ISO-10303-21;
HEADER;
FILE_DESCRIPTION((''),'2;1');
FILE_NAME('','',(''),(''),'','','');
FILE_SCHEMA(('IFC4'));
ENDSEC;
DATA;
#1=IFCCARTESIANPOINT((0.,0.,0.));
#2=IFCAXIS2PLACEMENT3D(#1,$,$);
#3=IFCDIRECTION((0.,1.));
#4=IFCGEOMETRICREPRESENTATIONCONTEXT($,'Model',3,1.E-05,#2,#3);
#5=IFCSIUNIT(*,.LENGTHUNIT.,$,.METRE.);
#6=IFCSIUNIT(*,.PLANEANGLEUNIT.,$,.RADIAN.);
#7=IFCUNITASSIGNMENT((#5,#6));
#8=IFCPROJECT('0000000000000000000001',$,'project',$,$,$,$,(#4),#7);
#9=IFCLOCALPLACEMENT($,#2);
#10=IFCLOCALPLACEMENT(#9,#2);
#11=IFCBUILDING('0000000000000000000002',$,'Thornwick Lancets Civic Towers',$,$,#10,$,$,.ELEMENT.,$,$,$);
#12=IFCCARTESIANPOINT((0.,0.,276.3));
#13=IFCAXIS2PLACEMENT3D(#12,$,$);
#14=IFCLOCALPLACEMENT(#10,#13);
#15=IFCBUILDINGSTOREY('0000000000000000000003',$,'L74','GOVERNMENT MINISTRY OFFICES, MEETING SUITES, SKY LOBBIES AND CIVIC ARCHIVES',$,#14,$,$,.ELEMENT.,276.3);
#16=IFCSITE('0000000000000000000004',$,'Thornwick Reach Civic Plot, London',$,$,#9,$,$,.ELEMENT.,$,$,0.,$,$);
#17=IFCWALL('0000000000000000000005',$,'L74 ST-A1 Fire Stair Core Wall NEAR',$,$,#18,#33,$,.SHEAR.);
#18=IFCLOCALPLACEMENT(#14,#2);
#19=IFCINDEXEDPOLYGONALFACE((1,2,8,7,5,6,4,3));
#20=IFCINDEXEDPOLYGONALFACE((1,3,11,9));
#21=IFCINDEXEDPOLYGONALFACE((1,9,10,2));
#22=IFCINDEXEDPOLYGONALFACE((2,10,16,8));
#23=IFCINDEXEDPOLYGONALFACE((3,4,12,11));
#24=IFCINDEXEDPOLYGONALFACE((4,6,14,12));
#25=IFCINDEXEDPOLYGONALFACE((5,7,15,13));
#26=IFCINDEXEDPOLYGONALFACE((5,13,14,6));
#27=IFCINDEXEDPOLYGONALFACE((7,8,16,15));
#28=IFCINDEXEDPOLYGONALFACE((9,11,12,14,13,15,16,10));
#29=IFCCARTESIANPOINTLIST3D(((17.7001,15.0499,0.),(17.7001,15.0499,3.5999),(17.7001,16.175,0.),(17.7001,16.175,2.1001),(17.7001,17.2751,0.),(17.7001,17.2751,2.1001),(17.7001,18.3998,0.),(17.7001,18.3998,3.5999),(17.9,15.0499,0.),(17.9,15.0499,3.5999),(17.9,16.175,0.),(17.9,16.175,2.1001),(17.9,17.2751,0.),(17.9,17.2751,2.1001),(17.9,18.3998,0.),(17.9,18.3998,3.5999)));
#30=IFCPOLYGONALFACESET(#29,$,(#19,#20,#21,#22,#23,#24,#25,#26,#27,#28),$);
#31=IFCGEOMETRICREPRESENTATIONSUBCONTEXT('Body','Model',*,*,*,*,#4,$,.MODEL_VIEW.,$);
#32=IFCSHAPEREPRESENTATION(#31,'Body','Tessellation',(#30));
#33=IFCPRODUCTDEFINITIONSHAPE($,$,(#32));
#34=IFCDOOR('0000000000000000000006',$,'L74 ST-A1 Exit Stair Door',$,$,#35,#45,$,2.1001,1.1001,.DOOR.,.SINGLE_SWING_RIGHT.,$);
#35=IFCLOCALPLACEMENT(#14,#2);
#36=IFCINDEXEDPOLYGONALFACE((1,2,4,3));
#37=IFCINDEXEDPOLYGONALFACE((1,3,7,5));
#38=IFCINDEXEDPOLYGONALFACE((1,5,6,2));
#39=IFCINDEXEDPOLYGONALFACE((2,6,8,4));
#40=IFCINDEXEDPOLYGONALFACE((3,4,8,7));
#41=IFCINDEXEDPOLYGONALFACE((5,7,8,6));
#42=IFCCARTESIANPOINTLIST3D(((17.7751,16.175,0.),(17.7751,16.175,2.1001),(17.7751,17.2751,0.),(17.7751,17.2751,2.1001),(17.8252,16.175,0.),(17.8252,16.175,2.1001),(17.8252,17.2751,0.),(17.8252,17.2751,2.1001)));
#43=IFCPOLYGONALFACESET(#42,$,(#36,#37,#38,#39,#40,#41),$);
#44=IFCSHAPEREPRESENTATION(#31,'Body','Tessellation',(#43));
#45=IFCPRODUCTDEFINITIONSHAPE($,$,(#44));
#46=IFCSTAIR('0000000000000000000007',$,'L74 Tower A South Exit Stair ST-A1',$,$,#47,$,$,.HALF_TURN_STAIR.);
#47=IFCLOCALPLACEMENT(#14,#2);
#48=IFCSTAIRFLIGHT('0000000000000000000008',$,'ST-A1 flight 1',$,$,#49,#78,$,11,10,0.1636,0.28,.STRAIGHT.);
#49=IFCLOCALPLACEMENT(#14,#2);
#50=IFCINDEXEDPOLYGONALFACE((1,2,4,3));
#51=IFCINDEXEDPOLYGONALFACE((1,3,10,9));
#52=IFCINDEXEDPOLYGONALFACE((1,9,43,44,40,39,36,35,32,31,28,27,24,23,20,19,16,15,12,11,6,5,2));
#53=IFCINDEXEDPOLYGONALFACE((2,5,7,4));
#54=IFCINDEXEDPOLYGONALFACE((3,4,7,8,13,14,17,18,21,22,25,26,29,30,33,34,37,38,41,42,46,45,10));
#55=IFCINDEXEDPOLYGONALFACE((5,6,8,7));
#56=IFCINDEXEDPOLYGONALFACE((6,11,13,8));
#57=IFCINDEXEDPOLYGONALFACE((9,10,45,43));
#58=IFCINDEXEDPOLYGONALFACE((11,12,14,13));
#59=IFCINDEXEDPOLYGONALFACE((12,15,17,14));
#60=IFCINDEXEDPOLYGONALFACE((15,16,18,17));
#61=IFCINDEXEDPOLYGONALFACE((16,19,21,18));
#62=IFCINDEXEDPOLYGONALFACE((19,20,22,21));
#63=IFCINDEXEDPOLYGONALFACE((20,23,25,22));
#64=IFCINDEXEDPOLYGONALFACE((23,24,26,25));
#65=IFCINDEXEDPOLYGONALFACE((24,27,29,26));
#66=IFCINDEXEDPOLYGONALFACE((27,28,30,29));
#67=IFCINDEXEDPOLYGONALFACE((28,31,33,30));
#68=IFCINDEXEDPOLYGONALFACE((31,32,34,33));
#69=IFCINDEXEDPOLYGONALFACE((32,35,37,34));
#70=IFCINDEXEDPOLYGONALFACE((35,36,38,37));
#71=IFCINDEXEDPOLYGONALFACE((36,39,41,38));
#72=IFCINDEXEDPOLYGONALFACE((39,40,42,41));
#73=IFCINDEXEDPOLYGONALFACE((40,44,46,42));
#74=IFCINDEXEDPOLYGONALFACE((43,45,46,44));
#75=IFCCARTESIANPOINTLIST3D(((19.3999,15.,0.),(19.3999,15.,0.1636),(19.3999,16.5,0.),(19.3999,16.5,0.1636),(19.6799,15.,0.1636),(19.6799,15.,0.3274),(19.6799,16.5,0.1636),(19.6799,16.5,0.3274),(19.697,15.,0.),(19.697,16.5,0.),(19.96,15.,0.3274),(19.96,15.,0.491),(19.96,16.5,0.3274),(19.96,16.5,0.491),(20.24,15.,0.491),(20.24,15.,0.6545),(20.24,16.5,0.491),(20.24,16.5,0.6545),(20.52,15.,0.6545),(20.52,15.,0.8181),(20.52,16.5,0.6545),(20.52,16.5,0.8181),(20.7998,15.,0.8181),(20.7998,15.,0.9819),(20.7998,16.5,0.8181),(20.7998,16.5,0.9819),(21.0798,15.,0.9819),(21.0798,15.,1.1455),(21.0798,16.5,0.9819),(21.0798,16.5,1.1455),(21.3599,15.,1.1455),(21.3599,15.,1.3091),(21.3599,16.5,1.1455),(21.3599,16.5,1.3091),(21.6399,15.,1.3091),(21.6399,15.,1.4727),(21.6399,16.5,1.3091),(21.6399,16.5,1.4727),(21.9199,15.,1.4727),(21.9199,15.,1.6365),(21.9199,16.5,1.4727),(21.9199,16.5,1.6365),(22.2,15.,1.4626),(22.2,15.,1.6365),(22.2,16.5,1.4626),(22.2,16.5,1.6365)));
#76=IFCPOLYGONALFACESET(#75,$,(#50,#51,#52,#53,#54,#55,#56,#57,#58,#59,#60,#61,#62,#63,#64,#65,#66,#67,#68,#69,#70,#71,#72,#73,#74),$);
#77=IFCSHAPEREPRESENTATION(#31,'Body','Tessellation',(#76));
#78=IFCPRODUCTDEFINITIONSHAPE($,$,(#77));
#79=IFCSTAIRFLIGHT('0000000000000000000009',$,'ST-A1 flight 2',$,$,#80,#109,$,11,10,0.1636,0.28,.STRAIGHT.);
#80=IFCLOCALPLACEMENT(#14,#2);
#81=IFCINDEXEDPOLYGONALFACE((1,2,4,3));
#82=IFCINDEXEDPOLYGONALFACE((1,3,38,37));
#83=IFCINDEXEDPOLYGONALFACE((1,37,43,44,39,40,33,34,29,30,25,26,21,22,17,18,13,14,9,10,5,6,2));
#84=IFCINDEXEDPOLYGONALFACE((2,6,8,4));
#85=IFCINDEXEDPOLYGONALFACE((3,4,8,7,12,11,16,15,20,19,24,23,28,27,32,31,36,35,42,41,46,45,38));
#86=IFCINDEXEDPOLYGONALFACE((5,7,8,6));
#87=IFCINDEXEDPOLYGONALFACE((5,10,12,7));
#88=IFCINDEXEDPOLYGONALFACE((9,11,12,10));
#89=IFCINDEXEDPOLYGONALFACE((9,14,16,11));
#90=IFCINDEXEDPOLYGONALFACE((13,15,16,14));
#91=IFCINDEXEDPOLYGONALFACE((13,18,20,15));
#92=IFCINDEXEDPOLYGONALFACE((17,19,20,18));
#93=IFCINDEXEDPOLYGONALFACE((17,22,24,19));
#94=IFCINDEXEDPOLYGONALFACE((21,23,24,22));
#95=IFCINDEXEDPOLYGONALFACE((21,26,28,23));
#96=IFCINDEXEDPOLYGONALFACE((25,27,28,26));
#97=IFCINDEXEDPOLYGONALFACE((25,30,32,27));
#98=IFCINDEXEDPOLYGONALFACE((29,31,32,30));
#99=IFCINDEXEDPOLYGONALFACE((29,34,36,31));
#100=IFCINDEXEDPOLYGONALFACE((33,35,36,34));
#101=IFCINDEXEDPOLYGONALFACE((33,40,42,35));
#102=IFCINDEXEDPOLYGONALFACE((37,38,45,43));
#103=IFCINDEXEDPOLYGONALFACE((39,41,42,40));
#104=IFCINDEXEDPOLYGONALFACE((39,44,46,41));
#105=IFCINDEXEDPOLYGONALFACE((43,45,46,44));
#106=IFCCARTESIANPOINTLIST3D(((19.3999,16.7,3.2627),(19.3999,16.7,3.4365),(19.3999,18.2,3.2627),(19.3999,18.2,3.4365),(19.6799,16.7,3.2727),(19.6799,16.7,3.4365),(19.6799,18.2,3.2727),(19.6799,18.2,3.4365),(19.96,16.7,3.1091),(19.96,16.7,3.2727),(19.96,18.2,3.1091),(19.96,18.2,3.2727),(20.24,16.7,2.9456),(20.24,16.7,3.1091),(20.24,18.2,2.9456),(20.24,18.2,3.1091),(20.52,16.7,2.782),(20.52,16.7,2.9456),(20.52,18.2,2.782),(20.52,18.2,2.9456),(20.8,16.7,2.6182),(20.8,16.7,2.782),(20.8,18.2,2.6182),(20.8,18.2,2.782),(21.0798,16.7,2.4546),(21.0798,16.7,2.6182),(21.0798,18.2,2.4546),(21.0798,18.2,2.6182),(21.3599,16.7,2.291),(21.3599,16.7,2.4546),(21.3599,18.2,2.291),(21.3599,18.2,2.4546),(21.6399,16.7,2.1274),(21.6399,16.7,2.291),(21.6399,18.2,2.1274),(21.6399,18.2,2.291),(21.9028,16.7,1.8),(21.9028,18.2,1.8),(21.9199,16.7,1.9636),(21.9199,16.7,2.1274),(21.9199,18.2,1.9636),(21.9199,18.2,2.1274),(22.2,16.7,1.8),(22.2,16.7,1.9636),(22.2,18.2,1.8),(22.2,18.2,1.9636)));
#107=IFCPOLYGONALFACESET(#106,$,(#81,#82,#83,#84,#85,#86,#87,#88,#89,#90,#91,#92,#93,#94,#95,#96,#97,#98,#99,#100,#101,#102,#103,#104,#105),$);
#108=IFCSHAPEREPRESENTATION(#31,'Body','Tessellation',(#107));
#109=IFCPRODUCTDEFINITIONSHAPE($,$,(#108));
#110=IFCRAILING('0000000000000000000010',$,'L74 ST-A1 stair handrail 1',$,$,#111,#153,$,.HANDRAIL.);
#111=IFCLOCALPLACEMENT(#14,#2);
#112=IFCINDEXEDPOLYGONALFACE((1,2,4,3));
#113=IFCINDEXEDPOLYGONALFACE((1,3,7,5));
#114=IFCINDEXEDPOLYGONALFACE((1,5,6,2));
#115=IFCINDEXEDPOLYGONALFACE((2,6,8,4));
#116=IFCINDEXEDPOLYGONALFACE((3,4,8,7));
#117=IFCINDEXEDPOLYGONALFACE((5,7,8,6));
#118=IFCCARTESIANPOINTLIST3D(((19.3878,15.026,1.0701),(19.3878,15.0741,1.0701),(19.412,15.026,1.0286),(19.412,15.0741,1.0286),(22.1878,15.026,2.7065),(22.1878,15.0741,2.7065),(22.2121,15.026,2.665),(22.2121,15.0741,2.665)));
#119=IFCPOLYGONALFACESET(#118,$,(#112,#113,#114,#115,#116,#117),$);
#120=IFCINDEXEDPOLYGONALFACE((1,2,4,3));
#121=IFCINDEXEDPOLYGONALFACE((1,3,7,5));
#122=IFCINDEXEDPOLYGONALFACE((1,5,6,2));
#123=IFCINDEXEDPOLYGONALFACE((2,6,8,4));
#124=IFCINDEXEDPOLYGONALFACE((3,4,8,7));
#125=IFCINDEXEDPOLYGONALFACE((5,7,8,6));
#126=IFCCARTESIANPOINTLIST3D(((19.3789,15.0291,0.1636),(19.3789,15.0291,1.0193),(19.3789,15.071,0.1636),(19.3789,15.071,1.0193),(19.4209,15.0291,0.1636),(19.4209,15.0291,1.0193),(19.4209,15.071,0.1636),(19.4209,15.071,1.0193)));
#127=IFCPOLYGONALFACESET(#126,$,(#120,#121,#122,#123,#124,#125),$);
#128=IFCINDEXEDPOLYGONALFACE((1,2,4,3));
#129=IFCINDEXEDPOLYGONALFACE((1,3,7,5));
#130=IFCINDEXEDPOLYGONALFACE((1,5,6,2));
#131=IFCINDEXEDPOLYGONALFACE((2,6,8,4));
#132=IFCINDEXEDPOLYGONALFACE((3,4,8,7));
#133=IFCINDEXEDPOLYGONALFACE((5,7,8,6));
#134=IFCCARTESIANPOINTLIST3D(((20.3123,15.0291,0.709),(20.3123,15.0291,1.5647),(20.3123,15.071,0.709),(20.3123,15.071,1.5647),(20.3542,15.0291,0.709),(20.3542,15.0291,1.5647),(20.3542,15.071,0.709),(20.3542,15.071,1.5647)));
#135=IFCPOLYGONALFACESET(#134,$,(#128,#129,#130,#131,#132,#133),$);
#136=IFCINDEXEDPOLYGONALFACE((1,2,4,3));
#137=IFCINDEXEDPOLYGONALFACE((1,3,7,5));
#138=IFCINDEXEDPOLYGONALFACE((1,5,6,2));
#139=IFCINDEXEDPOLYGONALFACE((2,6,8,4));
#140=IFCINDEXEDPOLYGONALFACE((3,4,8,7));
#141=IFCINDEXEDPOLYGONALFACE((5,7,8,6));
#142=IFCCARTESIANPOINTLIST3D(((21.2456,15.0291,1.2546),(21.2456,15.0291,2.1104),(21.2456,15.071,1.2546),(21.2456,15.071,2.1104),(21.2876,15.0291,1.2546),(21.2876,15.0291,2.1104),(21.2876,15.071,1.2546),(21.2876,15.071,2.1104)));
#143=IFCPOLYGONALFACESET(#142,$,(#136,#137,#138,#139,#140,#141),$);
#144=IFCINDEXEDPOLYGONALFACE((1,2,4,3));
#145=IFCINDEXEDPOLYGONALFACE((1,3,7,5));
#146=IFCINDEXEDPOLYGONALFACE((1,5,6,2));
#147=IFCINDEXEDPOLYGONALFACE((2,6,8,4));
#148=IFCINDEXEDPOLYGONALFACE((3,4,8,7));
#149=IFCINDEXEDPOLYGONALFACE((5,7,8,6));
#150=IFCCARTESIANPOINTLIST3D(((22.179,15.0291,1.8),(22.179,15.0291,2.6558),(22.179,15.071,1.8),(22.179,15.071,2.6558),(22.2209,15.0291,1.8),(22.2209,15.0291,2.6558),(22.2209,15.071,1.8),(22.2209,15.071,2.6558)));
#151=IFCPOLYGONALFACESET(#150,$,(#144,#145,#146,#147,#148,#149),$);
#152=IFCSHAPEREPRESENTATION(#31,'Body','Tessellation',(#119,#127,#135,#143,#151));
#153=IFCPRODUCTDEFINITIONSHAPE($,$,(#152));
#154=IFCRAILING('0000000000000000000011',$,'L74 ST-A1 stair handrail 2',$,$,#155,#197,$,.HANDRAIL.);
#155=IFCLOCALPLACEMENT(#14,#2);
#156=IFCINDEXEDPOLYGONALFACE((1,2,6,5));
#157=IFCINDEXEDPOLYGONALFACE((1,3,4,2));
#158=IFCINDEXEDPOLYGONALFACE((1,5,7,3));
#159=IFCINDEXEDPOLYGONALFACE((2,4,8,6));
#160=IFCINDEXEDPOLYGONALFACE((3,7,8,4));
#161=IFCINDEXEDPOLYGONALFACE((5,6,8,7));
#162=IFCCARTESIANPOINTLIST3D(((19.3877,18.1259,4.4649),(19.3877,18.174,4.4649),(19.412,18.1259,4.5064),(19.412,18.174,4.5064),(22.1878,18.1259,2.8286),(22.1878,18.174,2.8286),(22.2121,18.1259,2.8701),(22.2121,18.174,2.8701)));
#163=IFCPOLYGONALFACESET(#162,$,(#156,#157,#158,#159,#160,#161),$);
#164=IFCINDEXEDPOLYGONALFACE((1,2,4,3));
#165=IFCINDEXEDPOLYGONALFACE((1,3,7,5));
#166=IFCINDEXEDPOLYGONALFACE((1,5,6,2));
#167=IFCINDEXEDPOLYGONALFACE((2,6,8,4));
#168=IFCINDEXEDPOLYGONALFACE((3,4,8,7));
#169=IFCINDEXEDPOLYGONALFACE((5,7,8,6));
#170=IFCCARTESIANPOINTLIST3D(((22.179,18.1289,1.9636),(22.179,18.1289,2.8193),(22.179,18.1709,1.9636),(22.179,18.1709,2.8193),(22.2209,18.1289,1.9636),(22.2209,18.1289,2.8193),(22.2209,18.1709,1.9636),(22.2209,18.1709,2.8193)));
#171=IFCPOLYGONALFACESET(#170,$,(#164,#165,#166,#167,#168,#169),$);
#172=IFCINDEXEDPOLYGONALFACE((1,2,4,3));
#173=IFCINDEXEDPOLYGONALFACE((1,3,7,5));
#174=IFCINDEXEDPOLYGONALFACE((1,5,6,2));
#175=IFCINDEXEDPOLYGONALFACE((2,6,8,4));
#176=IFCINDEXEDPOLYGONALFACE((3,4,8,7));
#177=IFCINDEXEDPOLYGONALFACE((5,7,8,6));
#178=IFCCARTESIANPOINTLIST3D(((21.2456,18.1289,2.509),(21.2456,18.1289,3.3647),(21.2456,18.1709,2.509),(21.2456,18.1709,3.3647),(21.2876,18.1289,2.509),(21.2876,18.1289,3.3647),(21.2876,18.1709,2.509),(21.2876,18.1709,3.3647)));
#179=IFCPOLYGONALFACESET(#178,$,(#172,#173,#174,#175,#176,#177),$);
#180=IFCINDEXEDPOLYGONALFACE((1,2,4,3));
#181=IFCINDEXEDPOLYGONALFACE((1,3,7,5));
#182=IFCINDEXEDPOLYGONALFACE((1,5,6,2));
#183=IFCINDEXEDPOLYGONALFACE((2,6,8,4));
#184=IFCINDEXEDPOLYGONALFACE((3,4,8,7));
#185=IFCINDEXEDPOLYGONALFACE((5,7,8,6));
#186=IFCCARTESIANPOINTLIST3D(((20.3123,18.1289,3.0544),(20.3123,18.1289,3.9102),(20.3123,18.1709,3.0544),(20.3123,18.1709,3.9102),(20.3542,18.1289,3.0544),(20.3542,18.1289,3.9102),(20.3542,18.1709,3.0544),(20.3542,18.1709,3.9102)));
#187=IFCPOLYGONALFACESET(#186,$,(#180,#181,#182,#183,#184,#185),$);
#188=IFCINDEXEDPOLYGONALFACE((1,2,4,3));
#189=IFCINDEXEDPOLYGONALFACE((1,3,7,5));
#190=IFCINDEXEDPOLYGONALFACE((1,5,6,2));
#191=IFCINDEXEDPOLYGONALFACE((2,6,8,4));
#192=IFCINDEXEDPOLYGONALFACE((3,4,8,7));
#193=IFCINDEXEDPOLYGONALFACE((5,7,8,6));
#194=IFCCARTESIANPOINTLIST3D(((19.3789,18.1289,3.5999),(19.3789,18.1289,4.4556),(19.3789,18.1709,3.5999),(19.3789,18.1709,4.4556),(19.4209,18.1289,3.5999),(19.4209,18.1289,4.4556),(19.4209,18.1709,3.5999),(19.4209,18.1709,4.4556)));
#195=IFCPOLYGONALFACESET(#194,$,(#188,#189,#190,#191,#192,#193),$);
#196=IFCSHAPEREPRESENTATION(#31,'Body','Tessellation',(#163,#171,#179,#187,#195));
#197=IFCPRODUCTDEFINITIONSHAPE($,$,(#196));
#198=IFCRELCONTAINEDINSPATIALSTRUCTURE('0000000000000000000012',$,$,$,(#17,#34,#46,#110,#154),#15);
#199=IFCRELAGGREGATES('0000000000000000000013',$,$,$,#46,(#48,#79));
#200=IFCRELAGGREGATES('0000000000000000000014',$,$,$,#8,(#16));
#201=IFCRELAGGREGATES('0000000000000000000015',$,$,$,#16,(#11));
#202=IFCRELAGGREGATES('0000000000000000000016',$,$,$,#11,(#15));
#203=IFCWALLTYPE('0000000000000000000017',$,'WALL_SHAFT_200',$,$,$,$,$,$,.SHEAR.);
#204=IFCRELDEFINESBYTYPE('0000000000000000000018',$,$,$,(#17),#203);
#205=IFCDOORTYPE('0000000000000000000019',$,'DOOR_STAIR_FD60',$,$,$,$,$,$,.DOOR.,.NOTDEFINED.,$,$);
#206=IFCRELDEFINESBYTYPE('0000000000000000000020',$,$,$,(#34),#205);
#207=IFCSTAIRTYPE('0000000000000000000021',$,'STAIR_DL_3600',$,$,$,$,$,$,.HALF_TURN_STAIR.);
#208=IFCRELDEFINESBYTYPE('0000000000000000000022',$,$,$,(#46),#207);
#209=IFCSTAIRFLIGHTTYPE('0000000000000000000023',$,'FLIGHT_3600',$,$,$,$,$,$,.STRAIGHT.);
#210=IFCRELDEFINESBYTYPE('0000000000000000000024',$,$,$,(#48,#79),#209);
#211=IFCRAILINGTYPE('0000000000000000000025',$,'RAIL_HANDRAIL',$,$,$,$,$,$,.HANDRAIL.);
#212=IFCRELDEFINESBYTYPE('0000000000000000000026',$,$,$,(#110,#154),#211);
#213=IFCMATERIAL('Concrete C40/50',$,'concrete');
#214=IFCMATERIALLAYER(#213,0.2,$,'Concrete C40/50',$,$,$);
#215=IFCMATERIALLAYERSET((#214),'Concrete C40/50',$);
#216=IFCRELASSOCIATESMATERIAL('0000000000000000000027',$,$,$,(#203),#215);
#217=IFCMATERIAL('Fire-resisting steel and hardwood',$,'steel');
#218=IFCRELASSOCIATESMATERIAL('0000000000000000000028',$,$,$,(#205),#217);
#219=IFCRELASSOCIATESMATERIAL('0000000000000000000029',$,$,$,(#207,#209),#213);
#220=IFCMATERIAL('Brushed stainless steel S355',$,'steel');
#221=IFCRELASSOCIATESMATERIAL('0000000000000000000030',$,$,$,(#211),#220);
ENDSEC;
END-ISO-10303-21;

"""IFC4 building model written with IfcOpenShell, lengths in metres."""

from ifc_helpers import new_model, si_unit, direction, frame, frame_2d, origin, origin_2d, place, context, subcontext, project, spatial, polyline, rectangle, outline, extrude, material, layer, layer_set, type_object, element, fill, aggregate, save


model = new_model("IFC4")

# Units and contexts
model_context = context("Model", 3, precision=1e-05, world=origin(), true_north=direction((0.0, 1.0)))
body_context = subcontext(model_context, "Body", "Model", "MODEL_VIEW")
ifc_project = project(units=[si_unit("LENGTHUNIT", "METRE"), si_unit("PLANEANGLEUNIT", "RADIAN")], contexts=[model_context])

# Site, building, storey
site_placement = place(None, origin())
site = spatial("IfcSite", under=ifc_project, at=site_placement, Name="Thornwick Reach Civic Plot, London", CompositionType="ELEMENT", RefElevation=0.0)
building_placement = place(site_placement, origin())
building = spatial("IfcBuilding", under=site, at=building_placement, Name="Thornwick Lancets Civic Towers", CompositionType="ELEMENT")
storey_placement = place(building_placement, frame((0.0, 0.0, 276.3)))
storey = spatial("IfcBuildingStorey", under=building, at=storey_placement, Name="L74", Description="GOVERNMENT MINISTRY OFFICES, MEETING SUITES, SKY LOBBIES AND CIVIC ARCHIVES", CompositionType="ELEMENT", Elevation=276.3)

# Shared definitions
ifc_material_1 = material(Name="Concrete C40/50", Category="concrete")

# Wall, opening, door
ifc_layer_1 = layer(ifc_material_1, 0.2, Name="Concrete C40/50")
ifc_layer_set_1 = layer_set([ifc_layer_1], Name="Concrete C40/50")
wall_type_1 = type_object("IfcWallType", Name="WALL_SHAFT_200", PredefinedType="SHEAR", material=ifc_layer_set_1)
wall_1_placement = place(storey_placement, frame((17.8, 15.05, 0.0), z_axis=(0.0, 0.0, 1.0), x_axis=(0.0, 1.0, 0.0)))
wall_1 = element("IfcWall", 1, at=wall_1_placement, inside=storey, type_object=wall_type_1, Name="L74 ST-A1 Fire Stair Core Wall NEAR", PredefinedType="SHEAR", context=body_context, shape_type="SweptSolid", body=[
    extrude(rectangle(XDim=3.3499, YDim=0.2, at=frame_2d((1.6748, 0.0))), origin(), (0.0, 0.0, 1.0), 3.5999),
])
opening_1_placement = place(wall_1_placement, frame((1.125, 0.0, 0.0)))
opening_1 = element("IfcOpeningElement", 2, at=opening_1_placement, cuts=wall_1, PredefinedType="OPENING", context=body_context, shape_type="SweptSolid", body=[
    extrude(rectangle(XDim=1.1001, YDim=2.1001, at=frame_2d((0.55, 1.05))), frame((0.0, 0.1099, 0.0), z_axis=(0.0, -1.0, 0.0), x_axis=(1.0, 0.0, 0.0)), (0.0, 0.0, 1.0), 0.22),
])
ifc_material_2 = material(Name="Fire-resisting steel and hardwood", Category="steel")
door_type_1 = type_object("IfcDoorType", Name="DOOR_STAIR_FD60", OperationType="NOTDEFINED", PredefinedType="DOOR", material=ifc_material_2)
door_1_placement = place(opening_1_placement, origin())
door_1 = element("IfcDoor", 3, at=door_1_placement, inside=storey, type_object=door_type_1, Name="L74 ST-A1 Exit Stair Door", OperationType="SINGLE_SWING_RIGHT", OverallHeight=2.1001, OverallWidth=1.1001, PredefinedType="DOOR", context=body_context, shape_type="SweptSolid", body=[
    extrude(rectangle(XDim=1.1001, YDim=2.1001, at=frame_2d((0.55, 1.05))), frame((0.0, 0.0249, 0.0), z_axis=(0.0, -1.0, 0.0), x_axis=(1.0, 0.0, 0.0)), (0.0, 0.0, 1.0), 0.05),
])
fill(opening_1, door_1)

# Stair, stair flights
stair_type = type_object("IfcStairType", Name="STAIR_DL_3600", PredefinedType="HALF_TURN_STAIR", material=ifc_material_1)
stair_placement = place(storey_placement, origin())
stair = element("IfcStair", 4, at=stair_placement, inside=storey, type_object=stair_type, Name="L74 Tower A South Exit Stair ST-A1", PredefinedType="HALF_TURN_STAIR")
stair_flight_type = type_object("IfcStairFlightType", Name="FLIGHT_3600", PredefinedType="STRAIGHT", material=ifc_material_1)
stair_flight_1_placement = place(storey_placement, frame((19.3999, 15.75, 0.0), z_axis=(0.0, 0.0, 1.0), x_axis=(1.0, 0.0, 0.0)))
stair_flight_1 = element("IfcStairFlight", 5, at=stair_flight_1_placement, type_object=stair_flight_type, Name="ST-A1 flight 1", NumberOfRisers=11, NumberOfTreads=10, PredefinedType="STRAIGHT", RiserHeight=0.1636, TreadLength=0.28, context=body_context, shape_type="SweptSolid", body=[
    extrude(outline(polyline([(0.0, 0.0), (0.0, 0.1636), (0.28, 0.1636), (0.28, 0.3274), (0.5601, 0.3274), (0.5601, 0.491), (0.8401, 0.491), (0.8401, 0.6545), (1.1201, 0.6545), (1.1201, 0.8181), (1.3999, 0.8181), (1.3999, 0.9819), (1.6799, 0.9819), (1.6799, 1.1455), (1.96, 1.1455), (1.96, 1.3091), (2.24, 1.3091), (2.24, 1.4727), (2.52, 1.4727), (2.52, 1.6365), (2.8, 1.6365), (2.8, 1.8), (2.8, 1.4626), (0.2971, 0.0), (0.0, 0.0)])), frame((0.0, 0.75, 0.0), z_axis=(0.0, -1.0, 0.0), x_axis=(1.0, 0.0, 0.0)), (0.0, 0.0, 1.0), 1.5),
])
stair_flight_2_placement = place(storey_placement, frame((22.2, 17.45, 1.8), z_axis=(0.0, 0.0, 1.0), x_axis=(-1.0, 0.0, 0.0)))
stair_flight_2 = element("IfcStairFlight", 6, at=stair_flight_2_placement, type_object=stair_flight_type, Name="ST-A1 flight 2", NumberOfRisers=11, NumberOfTreads=10, PredefinedType="STRAIGHT", RiserHeight=0.1636, TreadLength=0.28, context=body_context, shape_type="SweptSolid", body=[
    extrude(outline(polyline([(0.0, 0.0), (0.0, 0.1636), (0.28, 0.1636), (0.28, 0.3274), (0.5601, 0.3274), (0.5601, 0.491), (0.8401, 0.491), (0.8401, 0.6545), (1.1201, 0.6545), (1.1201, 0.8181), (1.3999, 0.8181), (1.3999, 0.9819), (1.6799, 0.9819), (1.6799, 1.1455), (1.96, 1.1455), (1.96, 1.3091), (2.24, 1.3091), (2.24, 1.4727), (2.52, 1.4727), (2.52, 1.6365), (2.8, 1.6365), (2.8, 1.8), (2.8, 1.4626), (0.2971, 0.0), (0.0, 0.0)])), frame((0.0, 0.75, 0.0), z_axis=(0.0, -1.0, 0.0), x_axis=(1.0, 0.0, 0.0)), (0.0, 0.0, 1.0), 1.5),
])
aggregate(stair, [stair_flight_1, stair_flight_2])

# Railings
ifc_material_3 = material(Name="Brushed stainless steel S355", Category="steel")
railing_type_1 = type_object("IfcRailingType", Name="RAIL_HANDRAIL", PredefinedType="HANDRAIL", material=ifc_material_3)
railing_1_placement = place(storey_placement, frame((19.3999, 15.05, 0.1636)))
element("IfcRailing", 7, at=railing_1_placement, inside=storey, type_object=railing_type_1, Name="L74 ST-A1 stair handrail 1", PredefinedType="HANDRAIL", context=body_context, shape_type="SweptSolid", body=[
    extrude(rectangle(XDim=0.0481, YDim=0.0481, at=origin_2d()), frame((0.0, 0.0, 0.8857), z_axis=(0.863361, 0.0, 0.504587), x_axis=(0.0, 1.0, 0.0)), (0.0, 0.0, 1.0), 3.2432),
    extrude(rectangle(XDim=0.042, YDim=0.042, at=origin_2d()), origin(), (0.0, 0.0, 1.0), 0.8557),
    extrude(rectangle(XDim=0.042, YDim=0.042, at=origin_2d()), frame((0.9333, 0.0, 0.5454)), (0.0, 0.0, 1.0), 0.8557),
    extrude(rectangle(XDim=0.042, YDim=0.042, at=origin_2d()), frame((1.8667, 0.0, 1.0911)), (0.0, 0.0, 1.0), 0.8557),
    extrude(rectangle(XDim=0.042, YDim=0.042, at=origin_2d()), frame((2.8, 0.0, 1.6365)), (0.0, 0.0, 1.0), 0.8557),
])
railing_2_placement = place(storey_placement, frame((22.2, 18.1499, 1.9636)))
element("IfcRailing", 8, at=railing_2_placement, inside=storey, type_object=railing_type_1, Name="L74 ST-A1 stair handrail 2", PredefinedType="HANDRAIL", context=body_context, shape_type="SweptSolid", body=[
    extrude(rectangle(XDim=0.0481, YDim=0.0481, at=origin_2d()), frame((0.0, 0.0, 0.8857), z_axis=(-0.863394, 0.0, 0.504531), x_axis=(0.0, -1.0, 0.0)), (0.0, 0.0, 1.0), 3.2432),
    extrude(rectangle(XDim=0.042, YDim=0.042, at=origin_2d()), origin(), (0.0, 0.0, 1.0), 0.8557),
    extrude(rectangle(XDim=0.042, YDim=0.042, at=origin_2d()), frame((-0.9333, 0.0, 0.5454)), (0.0, 0.0, 1.0), 0.8557),
    extrude(rectangle(XDim=0.042, YDim=0.042, at=origin_2d()), frame((-1.8667, 0.0, 1.0908)), (0.0, 0.0, 1.0), 0.8557),
    extrude(rectangle(XDim=0.042, YDim=0.042, at=origin_2d()), frame((-2.8, 0.0, 1.6362)), (0.0, 0.0, 1.0), 0.8557),
])

save(model, "model.ifc")
